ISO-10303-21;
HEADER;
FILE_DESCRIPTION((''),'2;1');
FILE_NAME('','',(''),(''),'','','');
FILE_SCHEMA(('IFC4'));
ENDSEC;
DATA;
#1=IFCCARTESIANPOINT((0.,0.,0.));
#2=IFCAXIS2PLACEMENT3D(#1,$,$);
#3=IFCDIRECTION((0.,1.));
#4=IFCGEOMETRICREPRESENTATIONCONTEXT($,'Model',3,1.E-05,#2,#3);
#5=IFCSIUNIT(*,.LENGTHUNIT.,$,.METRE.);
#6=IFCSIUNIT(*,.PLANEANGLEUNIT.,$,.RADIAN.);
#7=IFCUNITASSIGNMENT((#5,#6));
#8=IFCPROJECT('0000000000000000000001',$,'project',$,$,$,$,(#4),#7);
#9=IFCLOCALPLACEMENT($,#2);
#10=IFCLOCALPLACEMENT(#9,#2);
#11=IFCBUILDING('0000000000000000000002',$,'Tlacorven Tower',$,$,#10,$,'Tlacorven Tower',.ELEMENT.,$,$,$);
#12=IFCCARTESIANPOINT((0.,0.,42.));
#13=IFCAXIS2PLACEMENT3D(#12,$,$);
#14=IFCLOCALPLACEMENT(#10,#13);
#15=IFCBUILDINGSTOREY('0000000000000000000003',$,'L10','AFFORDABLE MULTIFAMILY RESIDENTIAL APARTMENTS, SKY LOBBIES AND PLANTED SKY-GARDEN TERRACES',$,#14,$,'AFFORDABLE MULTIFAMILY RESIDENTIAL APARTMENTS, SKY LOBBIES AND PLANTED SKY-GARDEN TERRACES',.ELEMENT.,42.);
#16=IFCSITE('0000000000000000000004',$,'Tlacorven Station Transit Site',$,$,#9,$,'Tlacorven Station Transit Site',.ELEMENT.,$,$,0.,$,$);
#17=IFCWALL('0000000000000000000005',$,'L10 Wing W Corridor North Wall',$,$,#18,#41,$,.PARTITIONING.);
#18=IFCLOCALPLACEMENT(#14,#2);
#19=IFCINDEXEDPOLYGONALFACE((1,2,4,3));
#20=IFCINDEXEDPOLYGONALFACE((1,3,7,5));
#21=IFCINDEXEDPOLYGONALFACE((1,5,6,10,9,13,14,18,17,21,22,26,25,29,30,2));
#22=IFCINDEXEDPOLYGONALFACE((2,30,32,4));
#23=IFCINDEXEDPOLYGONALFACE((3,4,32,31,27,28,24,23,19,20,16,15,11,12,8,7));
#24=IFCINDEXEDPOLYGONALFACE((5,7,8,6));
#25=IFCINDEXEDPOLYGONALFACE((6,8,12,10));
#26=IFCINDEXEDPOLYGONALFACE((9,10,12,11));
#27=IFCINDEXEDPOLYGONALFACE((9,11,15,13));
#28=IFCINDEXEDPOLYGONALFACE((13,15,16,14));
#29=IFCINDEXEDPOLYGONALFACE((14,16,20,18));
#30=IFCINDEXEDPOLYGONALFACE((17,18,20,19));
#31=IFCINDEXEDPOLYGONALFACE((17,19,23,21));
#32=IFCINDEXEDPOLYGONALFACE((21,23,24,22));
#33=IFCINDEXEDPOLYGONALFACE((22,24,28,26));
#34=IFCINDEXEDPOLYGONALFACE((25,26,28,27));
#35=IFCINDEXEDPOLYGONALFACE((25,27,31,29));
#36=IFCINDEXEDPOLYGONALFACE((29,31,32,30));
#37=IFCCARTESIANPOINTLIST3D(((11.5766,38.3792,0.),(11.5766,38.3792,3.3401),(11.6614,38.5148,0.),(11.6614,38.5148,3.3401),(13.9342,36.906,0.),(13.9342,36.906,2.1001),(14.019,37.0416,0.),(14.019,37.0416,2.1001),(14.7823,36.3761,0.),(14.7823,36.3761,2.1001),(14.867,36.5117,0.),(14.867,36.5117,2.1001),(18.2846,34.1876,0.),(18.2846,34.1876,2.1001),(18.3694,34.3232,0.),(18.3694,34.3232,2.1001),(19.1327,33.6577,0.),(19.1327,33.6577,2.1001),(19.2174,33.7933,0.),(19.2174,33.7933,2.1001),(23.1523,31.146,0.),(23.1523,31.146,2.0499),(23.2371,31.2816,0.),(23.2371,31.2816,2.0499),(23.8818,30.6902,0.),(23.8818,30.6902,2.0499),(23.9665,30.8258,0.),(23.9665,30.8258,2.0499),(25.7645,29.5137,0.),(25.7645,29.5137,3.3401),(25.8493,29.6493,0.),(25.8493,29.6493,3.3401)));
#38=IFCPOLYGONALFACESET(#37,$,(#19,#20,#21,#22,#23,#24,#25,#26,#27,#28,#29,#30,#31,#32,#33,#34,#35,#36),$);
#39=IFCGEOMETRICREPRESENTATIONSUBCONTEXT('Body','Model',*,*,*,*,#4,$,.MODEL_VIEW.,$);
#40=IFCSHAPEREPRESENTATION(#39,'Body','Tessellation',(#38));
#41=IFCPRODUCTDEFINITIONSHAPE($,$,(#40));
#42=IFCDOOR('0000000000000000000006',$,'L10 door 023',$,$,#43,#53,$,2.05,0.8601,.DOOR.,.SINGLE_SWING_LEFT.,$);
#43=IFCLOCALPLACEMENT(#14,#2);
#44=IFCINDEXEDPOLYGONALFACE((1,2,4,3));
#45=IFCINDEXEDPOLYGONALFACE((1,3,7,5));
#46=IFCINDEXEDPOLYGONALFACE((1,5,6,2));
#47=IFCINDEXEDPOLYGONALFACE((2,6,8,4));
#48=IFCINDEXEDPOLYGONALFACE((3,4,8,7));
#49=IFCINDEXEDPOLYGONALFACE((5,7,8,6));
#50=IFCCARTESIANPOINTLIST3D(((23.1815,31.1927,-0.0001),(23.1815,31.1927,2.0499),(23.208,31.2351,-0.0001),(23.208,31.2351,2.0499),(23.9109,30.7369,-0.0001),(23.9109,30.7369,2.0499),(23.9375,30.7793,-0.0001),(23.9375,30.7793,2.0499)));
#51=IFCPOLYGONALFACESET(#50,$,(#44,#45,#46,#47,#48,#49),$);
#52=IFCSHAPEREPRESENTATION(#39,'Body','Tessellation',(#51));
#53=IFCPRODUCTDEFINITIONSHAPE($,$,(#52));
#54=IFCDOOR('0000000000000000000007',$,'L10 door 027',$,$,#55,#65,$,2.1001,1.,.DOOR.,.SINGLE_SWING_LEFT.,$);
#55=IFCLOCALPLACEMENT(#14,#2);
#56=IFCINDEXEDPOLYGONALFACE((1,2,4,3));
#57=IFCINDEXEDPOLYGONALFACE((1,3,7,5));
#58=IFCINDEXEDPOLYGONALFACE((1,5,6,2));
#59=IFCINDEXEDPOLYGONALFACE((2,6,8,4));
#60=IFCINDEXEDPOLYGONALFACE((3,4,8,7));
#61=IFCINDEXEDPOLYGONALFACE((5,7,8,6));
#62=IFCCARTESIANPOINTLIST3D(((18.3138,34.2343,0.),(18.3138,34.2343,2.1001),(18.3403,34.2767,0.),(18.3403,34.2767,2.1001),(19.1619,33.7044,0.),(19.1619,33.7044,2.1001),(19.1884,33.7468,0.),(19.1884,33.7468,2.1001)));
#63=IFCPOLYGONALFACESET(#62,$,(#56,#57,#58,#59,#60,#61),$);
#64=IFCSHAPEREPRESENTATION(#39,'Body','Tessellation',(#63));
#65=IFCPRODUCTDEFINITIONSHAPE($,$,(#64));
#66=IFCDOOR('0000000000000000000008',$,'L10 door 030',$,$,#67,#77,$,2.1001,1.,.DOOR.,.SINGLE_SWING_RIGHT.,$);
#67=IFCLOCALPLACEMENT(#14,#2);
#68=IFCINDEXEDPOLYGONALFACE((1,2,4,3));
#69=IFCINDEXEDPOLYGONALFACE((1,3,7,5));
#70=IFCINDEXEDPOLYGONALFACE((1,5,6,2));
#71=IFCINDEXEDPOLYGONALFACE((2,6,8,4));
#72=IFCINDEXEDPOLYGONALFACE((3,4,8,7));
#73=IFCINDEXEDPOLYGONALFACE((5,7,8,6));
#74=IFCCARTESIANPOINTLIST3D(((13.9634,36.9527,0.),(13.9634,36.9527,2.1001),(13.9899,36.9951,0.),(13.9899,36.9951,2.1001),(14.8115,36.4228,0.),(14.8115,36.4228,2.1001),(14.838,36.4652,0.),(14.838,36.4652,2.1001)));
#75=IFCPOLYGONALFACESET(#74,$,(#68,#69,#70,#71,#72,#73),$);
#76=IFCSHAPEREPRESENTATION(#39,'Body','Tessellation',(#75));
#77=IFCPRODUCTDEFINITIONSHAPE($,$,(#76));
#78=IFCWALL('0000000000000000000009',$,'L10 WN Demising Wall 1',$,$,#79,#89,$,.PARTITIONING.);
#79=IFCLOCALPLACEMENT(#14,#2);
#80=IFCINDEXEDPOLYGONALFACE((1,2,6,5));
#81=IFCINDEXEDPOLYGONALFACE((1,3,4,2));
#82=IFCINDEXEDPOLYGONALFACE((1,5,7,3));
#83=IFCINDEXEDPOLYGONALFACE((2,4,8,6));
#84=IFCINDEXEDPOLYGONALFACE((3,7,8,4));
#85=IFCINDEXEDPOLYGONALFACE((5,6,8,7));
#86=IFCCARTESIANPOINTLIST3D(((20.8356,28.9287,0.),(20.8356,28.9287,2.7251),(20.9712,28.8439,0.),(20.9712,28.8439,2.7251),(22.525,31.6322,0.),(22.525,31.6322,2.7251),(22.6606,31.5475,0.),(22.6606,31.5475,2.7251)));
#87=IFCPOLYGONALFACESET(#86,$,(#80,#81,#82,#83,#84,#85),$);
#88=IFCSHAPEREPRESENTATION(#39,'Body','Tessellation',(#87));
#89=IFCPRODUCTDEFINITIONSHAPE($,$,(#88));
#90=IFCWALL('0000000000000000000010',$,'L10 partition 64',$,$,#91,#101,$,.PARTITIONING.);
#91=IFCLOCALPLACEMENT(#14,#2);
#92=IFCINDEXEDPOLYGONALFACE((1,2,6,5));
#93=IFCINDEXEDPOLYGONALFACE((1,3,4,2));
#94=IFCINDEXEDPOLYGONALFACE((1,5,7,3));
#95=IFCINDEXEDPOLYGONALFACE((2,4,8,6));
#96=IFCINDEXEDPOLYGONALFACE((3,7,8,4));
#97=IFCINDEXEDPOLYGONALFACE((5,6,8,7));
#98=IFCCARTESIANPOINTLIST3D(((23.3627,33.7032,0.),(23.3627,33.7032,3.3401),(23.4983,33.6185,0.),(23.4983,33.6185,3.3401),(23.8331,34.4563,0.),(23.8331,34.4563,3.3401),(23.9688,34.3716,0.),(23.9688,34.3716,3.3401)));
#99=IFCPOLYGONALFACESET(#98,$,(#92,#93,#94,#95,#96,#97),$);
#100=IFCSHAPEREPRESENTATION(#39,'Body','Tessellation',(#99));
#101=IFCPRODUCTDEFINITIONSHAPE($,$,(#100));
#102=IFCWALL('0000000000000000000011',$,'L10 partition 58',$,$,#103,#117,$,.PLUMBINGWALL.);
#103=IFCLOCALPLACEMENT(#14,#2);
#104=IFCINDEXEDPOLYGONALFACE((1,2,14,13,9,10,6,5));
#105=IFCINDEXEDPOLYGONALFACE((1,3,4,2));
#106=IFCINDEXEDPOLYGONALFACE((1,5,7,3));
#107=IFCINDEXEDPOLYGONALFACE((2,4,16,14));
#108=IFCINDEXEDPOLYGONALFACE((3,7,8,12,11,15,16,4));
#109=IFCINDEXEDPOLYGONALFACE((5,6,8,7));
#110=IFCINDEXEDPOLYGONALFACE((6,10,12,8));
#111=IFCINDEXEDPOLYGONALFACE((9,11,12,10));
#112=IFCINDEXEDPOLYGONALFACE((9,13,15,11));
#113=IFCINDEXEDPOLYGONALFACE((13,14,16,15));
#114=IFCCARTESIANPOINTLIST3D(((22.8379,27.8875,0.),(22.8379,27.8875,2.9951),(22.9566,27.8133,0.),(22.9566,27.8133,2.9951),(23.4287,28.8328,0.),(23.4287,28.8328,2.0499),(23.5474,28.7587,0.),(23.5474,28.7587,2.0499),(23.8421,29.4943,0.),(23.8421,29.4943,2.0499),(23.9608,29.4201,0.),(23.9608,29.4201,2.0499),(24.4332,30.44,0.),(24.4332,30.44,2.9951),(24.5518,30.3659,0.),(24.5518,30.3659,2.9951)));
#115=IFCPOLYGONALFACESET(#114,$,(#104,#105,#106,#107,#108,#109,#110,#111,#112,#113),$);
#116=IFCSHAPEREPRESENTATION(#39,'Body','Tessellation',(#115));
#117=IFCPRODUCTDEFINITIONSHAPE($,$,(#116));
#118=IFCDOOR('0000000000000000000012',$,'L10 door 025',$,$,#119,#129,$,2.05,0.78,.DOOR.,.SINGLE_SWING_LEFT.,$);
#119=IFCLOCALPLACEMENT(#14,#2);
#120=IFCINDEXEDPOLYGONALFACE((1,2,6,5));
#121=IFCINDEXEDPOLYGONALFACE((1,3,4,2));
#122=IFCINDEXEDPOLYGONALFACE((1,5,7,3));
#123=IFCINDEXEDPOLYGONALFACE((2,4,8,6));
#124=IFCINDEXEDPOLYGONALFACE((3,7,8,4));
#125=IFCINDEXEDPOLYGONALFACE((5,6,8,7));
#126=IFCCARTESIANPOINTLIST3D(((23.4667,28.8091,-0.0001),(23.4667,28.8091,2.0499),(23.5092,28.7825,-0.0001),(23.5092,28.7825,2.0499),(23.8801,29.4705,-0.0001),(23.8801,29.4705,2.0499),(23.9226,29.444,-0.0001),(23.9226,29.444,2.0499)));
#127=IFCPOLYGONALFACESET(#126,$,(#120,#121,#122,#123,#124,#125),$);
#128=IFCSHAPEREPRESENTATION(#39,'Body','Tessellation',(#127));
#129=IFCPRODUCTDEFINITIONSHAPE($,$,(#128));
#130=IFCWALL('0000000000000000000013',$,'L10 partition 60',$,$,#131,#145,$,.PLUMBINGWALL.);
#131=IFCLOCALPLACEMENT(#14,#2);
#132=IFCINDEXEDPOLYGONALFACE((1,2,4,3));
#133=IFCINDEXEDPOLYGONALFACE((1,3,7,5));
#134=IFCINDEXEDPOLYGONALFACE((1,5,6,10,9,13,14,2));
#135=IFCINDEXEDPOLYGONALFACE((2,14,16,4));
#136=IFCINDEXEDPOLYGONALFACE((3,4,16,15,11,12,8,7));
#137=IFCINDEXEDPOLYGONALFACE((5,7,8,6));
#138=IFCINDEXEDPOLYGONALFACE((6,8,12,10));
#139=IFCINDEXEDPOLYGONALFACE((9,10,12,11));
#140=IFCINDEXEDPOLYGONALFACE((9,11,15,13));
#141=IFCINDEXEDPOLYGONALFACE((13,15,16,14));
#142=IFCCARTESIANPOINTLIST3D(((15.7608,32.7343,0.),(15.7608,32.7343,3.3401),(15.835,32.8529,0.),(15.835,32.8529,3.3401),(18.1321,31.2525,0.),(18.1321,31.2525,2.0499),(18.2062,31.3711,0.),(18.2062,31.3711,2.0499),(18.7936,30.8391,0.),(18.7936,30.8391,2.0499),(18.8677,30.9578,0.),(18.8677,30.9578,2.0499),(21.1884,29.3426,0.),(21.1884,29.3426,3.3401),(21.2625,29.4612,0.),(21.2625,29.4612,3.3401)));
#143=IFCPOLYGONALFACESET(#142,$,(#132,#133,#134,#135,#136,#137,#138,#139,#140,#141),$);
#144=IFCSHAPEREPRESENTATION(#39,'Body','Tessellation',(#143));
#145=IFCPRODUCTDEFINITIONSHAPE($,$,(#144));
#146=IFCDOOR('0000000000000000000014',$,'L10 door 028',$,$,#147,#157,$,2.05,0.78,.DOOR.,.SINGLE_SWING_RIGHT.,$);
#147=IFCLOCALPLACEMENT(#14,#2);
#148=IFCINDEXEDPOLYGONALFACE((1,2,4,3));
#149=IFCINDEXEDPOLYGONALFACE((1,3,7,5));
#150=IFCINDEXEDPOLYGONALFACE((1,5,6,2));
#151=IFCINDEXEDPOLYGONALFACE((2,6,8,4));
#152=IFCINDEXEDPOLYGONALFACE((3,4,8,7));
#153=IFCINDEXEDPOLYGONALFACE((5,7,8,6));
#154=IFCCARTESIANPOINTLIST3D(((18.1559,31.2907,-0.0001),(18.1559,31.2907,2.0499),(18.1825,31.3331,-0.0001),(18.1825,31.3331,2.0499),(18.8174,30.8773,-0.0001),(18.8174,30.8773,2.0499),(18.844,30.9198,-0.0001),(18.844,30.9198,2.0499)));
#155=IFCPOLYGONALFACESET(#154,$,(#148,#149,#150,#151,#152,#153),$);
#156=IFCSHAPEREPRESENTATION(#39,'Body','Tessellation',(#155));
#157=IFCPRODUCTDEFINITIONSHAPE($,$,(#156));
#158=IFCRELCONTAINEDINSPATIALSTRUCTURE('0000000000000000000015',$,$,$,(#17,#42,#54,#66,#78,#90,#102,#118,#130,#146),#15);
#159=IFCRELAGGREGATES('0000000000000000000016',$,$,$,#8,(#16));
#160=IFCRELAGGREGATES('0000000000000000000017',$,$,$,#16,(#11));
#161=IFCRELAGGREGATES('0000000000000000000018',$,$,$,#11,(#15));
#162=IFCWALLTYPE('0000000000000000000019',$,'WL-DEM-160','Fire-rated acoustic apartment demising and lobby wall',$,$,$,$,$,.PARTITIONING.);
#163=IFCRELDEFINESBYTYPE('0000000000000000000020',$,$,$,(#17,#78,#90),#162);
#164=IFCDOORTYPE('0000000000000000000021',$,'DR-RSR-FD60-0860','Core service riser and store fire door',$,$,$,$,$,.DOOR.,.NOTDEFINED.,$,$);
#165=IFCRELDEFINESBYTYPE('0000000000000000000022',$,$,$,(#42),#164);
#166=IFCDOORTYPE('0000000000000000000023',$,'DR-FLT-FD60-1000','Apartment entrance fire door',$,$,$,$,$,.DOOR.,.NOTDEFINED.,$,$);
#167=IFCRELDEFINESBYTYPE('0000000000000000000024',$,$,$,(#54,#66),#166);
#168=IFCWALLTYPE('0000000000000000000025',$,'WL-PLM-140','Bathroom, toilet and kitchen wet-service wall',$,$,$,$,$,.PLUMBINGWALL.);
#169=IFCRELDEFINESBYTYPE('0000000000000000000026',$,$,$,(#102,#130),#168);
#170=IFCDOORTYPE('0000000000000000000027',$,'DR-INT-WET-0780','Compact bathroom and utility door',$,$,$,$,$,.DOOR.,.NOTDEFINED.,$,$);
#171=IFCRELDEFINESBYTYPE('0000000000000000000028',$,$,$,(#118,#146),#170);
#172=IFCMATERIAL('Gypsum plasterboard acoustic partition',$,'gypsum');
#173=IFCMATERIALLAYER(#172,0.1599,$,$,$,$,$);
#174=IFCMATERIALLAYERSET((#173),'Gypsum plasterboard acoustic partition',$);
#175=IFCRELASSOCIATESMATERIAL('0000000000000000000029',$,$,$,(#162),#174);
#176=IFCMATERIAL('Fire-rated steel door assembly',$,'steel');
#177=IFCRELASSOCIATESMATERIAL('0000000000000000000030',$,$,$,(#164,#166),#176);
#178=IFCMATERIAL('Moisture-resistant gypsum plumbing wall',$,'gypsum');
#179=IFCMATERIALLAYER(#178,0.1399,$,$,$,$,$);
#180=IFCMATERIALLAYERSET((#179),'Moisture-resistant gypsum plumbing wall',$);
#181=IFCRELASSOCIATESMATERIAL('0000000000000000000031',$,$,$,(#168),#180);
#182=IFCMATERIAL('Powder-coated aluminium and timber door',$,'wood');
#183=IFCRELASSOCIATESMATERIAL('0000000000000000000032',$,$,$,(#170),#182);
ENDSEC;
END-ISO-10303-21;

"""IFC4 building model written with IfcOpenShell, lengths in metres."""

from ifc_helpers import new_model, si_unit, direction, frame, frame_2d, origin, place, context, subcontext, project, spatial, rectangle, extrude, source, transform, mapped, material, layer, layer_set, type_object, element, fill, save


model = new_model("IFC4")

# Units and contexts
model_context = context("Model", 3, precision=1e-05, world=origin(), true_north=direction((0.0, 1.0)))
body_context = subcontext(model_context, "Body", "Model", "MODEL_VIEW")
ifc_project = project(units=[si_unit("LENGTHUNIT", "METRE"), si_unit("PLANEANGLEUNIT", "RADIAN")], contexts=[model_context])

# Site, building, storey
site_placement = place(None, origin())
site = spatial("IfcSite", under=ifc_project, at=site_placement, Name="Tlacorven Station Transit Site", LongName="Tlacorven Station Transit Site", CompositionType="ELEMENT", RefElevation=0.0)
building_placement = place(site_placement, origin())
building = spatial("IfcBuilding", under=site, at=building_placement, Name="Tlacorven Tower", LongName="Tlacorven Tower", CompositionType="ELEMENT")
storey_placement = place(building_placement, frame((0.0, 0.0, 42.0)))
storey = spatial("IfcBuildingStorey", under=building, at=storey_placement, Name="L10", Description="AFFORDABLE MULTIFAMILY RESIDENTIAL APARTMENTS, SKY LOBBIES AND PLANTED SKY-GARDEN TERRACES", LongName="AFFORDABLE MULTIFAMILY RESIDENTIAL APARTMENTS, SKY LOBBIES AND PLANTED SKY-GARDEN TERRACES", CompositionType="ELEMENT", Elevation=42.0)

# Shared definitions
ifc_material_1 = material(Name="Gypsum plasterboard acoustic partition", Category="gypsum")
ifc_layer_1 = layer(ifc_material_1, 0.1599)
ifc_layer_set_1 = layer_set([ifc_layer_1], Name="Gypsum plasterboard acoustic partition")
wall_type_1 = type_object("IfcWallType", Name="WL-DEM-160", Description="Fire-rated acoustic apartment demising and lobby wall", PredefinedType="PARTITIONING", material=ifc_layer_set_1)

# Wall, openings, doors
wall_1_placement = place(storey_placement, frame((25.8069, 29.5815, 0.0), z_axis=(0.0, 0.0, 1.0), x_axis=(-0.848052, 0.529912, 0.0)))
wall_1 = element("IfcWall", 1, at=wall_1_placement, inside=storey, type_object=wall_type_1, Name="L10 Wing W Corridor North Wall", PredefinedType="PARTITIONING", context=body_context, shape_type="SweptSolid", body=[
    extrude(rectangle(XDim=16.73, YDim=0.1599, at=frame_2d((8.365, 0.0))), origin(), (0.0, 0.0, 1.0), 3.3401),
])
opening_1_placement = place(wall_1_placement, frame((2.22, 0.0, 0.0)))
opening_1 = element("IfcOpeningElement", 2, at=opening_1_placement, cuts=wall_1, PredefinedType="OPENING", context=body_context, shape_type="SweptSolid", body=[
    extrude(rectangle(XDim=0.8601, YDim=2.05, at=frame_2d((0.4302, 1.0249))), frame((0.0, 0.0898, 0.0), z_axis=(0.0, -1.0, 0.0), x_axis=(1.0, 0.0, 0.0)), (0.0, 0.0, 1.0), 0.1799),
])
opening_2_placement = place(wall_1_placement, frame((7.8201, 0.0, 0.0)))
opening_2 = element("IfcOpeningElement", 3, at=opening_2_placement, cuts=wall_1, PredefinedType="OPENING", context=body_context, shape_type="SweptSolid", body=[
    extrude(rectangle(XDim=1.0, YDim=2.1001, at=frame_2d((0.5, 1.05))), frame((0.0, 0.0898, 0.0), z_axis=(0.0, -1.0, 0.0), x_axis=(1.0, 0.0, 0.0)), (0.0, 0.0, 1.0), 0.1799),
])
opening_3_placement = place(wall_1_placement, frame((12.95, 0.0, 0.0)))
opening_3 = element("IfcOpeningElement", 4, at=opening_3_placement, cuts=wall_1, PredefinedType="OPENING", context=body_context, shape_type="SweptSolid", body=[
    extrude(rectangle(XDim=1.0, YDim=2.1001, at=frame_2d((0.5, 1.05))), frame((0.0, 0.0898, 0.0), z_axis=(0.0, -1.0, 0.0), x_axis=(1.0, 0.0, 0.0)), (0.0, 0.0, 1.0), 0.1799),
])
ifc_material_2 = material(Name="Fire-rated steel door assembly", Category="steel")
door_type_1 = type_object("IfcDoorType", Name="DR-RSR-FD60-0860", Description="Core service riser and store fire door", OperationType="NOTDEFINED", PredefinedType="DOOR", material=ifc_material_2)
shared_shape_1 = source(origin(), body_context, "Body", "SweptSolid", [
    extrude(rectangle(XDim=0.8601, YDim=2.05, at=frame_2d((0.4302, 1.0249))), frame((0.0, 0.0249, 0.0), z_axis=(0.0, -1.0, 0.0), x_axis=(1.0, 0.0, 0.0)), (0.0, 0.0, 1.0), 0.05),
])
door_1_placement = place(opening_1_placement, origin())
door_1 = element("IfcDoor", 5, at=door_1_placement, inside=storey, type_object=door_type_1, Name="L10 door 023", OperationType="SINGLE_SWING_LEFT", OverallHeight=2.05, OverallWidth=0.8601, PredefinedType="DOOR", context=body_context, shape_type="MappedRepresentation", body=[
    mapped(shared_shape_1, transform((0.0, 0.0, 0.0), scale=1.0)),
])
fill(opening_1, door_1)
door_type_2 = type_object("IfcDoorType", Name="DR-FLT-FD60-1000", Description="Apartment entrance fire door", OperationType="NOTDEFINED", PredefinedType="DOOR", material=ifc_material_2)
shared_shape_2 = source(origin(), body_context, "Body", "SweptSolid", [
    extrude(rectangle(XDim=1.0, YDim=2.1001, at=frame_2d((0.5, 1.05))), frame((0.0, 0.0249, 0.0), z_axis=(0.0, -1.0, 0.0), x_axis=(1.0, 0.0, 0.0)), (0.0, 0.0, 1.0), 0.05),
])
door_2_placement = place(opening_2_placement, origin())
door_2 = element("IfcDoor", 6, at=door_2_placement, inside=storey, type_object=door_type_2, Name="L10 door 027", OperationType="SINGLE_SWING_LEFT", OverallHeight=2.1001, OverallWidth=1.0, PredefinedType="DOOR", context=body_context, shape_type="MappedRepresentation", body=[
    mapped(shared_shape_2, transform((0.0, 0.0, 0.0), scale=1.0)),
])
fill(opening_2, door_2)
door_3_placement = place(opening_3_placement, origin())
door_3 = element("IfcDoor", 7, at=door_3_placement, inside=storey, type_object=door_type_2, Name="L10 door 030", OperationType="SINGLE_SWING_RIGHT", OverallHeight=2.1001, OverallWidth=1.0, PredefinedType="DOOR", context=body_context, shape_type="MappedRepresentation", body=[
    mapped(shared_shape_2, transform((0.0, 0.0, 0.0), scale=1.0)),
])
fill(opening_3, door_3)

# Walls
wall_2_placement = place(storey_placement, frame((22.5928, 31.5898, 0.0), z_axis=(0.0, 0.0, 1.0), x_axis=(-0.52993, -0.848041, 0.0)))
element("IfcWall", 8, at=wall_2_placement, inside=storey, type_object=wall_type_1, Name="L10 WN Demising Wall 1", PredefinedType="PARTITIONING", context=body_context, shape_type="SweptSolid", body=[
    extrude(rectangle(XDim=3.188, YDim=0.1599, at=frame_2d((1.594, 0.0))), origin(), (0.0, 0.0, 1.0), 2.7251),
])
wall_3_placement = place(storey_placement, frame((23.9009, 34.4138, 0.0), z_axis=(0.0, 0.0, 1.0), x_axis=(-0.529777, -0.848137, 0.0)))
element("IfcWall", 9, at=wall_3_placement, inside=storey, type_object=wall_type_1, Name="L10 partition 64", PredefinedType="PARTITIONING", context=body_context, shape_type="SweptSolid", body=[
    extrude(rectangle(XDim=0.8879, YDim=0.1599, at=frame_2d((0.4438, 0.0))), origin(), (0.0, 0.0, 1.0), 3.3401),
])

# Walls, openings, doors
ifc_material_3 = material(Name="Moisture-resistant gypsum plumbing wall", Category="gypsum")
ifc_layer_2 = layer(ifc_material_3, 0.1399)
ifc_layer_set_2 = layer_set([ifc_layer_2], Name="Moisture-resistant gypsum plumbing wall")
wall_type_2 = type_object("IfcWallType", Name="WL-PLM-140", Description="Bathroom, toilet and kitchen wet-service wall", PredefinedType="PLUMBINGWALL", material=ifc_layer_set_2)
wall_4_placement = place(storey_placement, frame((24.4924, 30.4028, 0.0), z_axis=(0.0, 0.0, 1.0), x_axis=(-0.529977, -0.848012, 0.0)))
wall_4 = element("IfcWall", 10, at=wall_4_placement, inside=storey, type_object=wall_type_2, Name="L10 partition 58", PredefinedType="PLUMBINGWALL", context=body_context, shape_type="SweptSolid", body=[
    extrude(rectangle(XDim=3.01, YDim=0.1399, at=frame_2d((1.5049, 0.0))), origin(), (0.0, 0.0, 1.0), 2.9951),
])
opening_4_placement = place(wall_4_placement, frame((1.115, 0.0, 0.0)))
opening_4 = element("IfcOpeningElement", 11, at=opening_4_placement, cuts=wall_4, PredefinedType="OPENING", context=body_context, shape_type="SweptSolid", body=[
    extrude(rectangle(XDim=0.78, YDim=2.05, at=frame_2d((0.3901, 1.0249))), frame((0.0, 0.0801, 0.0), z_axis=(0.0, -1.0, 0.0), x_axis=(1.0, 0.0, 0.0)), (0.0, 0.0, 1.0), 0.1599),
])
ifc_material_4 = material(Name="Powder-coated aluminium and timber door", Category="wood")
door_type_3 = type_object("IfcDoorType", Name="DR-INT-WET-0780", Description="Compact bathroom and utility door", OperationType="NOTDEFINED", PredefinedType="DOOR", material=ifc_material_4)
shared_shape_3 = source(origin(), body_context, "Body", "SweptSolid", [
    extrude(rectangle(XDim=0.78, YDim=2.05, at=frame_2d((0.3901, 1.0249))), frame((0.0, 0.0249, 0.0), z_axis=(0.0, -1.0, 0.0), x_axis=(1.0, 0.0, 0.0)), (0.0, 0.0, 1.0), 0.05),
])
door_4_placement = place(opening_4_placement, origin())
door_4 = element("IfcDoor", 12, at=door_4_placement, inside=storey, type_object=door_type_3, Name="L10 door 025", OperationType="SINGLE_SWING_LEFT", OverallHeight=2.05, OverallWidth=0.78, PredefinedType="DOOR", context=body_context, shape_type="MappedRepresentation", body=[
    mapped(shared_shape_3, transform((0.0, 0.0, 0.0), scale=1.0)),
])
fill(opening_4, door_4)
wall_5_placement = place(storey_placement, frame((21.2256, 29.4019, 0.0), z_axis=(0.0, 0.0, 1.0), x_axis=(-0.848039, 0.529934, 0.0)))
wall_5 = element("IfcWall", 13, at=wall_5_placement, inside=storey, type_object=wall_type_2, Name="L10 partition 60", PredefinedType="PLUMBINGWALL", context=body_context, shape_type="SweptSolid", body=[
    extrude(rectangle(XDim=6.4001, YDim=0.1399, at=frame_2d((3.2002, 0.0))), origin(), (0.0, 0.0, 1.0), 3.3401),
])
opening_5_placement = place(wall_5_placement, frame((2.824, 0.0, 0.0)))
opening_5 = element("IfcOpeningElement", 14, at=opening_5_placement, cuts=wall_5, PredefinedType="OPENING", context=body_context, shape_type="SweptSolid", body=[
    extrude(rectangle(XDim=0.78, YDim=2.05, at=frame_2d((0.3901, 1.0249))), frame((0.0, 0.0801, 0.0), z_axis=(0.0, -1.0, 0.0), x_axis=(1.0, 0.0, 0.0)), (0.0, 0.0, 1.0), 0.1599),
])
door_5_placement = place(opening_5_placement, origin())
door_5 = element("IfcDoor", 15, at=door_5_placement, inside=storey, type_object=door_type_3, Name="L10 door 028", OperationType="SINGLE_SWING_RIGHT", OverallHeight=2.05, OverallWidth=0.78, PredefinedType="DOOR", context=body_context, shape_type="MappedRepresentation", body=[
    mapped(shared_shape_3, transform((0.0, 0.0, 0.0), scale=1.0)),
])
fill(opening_5, door_5)

save(model, "model.ifc")
